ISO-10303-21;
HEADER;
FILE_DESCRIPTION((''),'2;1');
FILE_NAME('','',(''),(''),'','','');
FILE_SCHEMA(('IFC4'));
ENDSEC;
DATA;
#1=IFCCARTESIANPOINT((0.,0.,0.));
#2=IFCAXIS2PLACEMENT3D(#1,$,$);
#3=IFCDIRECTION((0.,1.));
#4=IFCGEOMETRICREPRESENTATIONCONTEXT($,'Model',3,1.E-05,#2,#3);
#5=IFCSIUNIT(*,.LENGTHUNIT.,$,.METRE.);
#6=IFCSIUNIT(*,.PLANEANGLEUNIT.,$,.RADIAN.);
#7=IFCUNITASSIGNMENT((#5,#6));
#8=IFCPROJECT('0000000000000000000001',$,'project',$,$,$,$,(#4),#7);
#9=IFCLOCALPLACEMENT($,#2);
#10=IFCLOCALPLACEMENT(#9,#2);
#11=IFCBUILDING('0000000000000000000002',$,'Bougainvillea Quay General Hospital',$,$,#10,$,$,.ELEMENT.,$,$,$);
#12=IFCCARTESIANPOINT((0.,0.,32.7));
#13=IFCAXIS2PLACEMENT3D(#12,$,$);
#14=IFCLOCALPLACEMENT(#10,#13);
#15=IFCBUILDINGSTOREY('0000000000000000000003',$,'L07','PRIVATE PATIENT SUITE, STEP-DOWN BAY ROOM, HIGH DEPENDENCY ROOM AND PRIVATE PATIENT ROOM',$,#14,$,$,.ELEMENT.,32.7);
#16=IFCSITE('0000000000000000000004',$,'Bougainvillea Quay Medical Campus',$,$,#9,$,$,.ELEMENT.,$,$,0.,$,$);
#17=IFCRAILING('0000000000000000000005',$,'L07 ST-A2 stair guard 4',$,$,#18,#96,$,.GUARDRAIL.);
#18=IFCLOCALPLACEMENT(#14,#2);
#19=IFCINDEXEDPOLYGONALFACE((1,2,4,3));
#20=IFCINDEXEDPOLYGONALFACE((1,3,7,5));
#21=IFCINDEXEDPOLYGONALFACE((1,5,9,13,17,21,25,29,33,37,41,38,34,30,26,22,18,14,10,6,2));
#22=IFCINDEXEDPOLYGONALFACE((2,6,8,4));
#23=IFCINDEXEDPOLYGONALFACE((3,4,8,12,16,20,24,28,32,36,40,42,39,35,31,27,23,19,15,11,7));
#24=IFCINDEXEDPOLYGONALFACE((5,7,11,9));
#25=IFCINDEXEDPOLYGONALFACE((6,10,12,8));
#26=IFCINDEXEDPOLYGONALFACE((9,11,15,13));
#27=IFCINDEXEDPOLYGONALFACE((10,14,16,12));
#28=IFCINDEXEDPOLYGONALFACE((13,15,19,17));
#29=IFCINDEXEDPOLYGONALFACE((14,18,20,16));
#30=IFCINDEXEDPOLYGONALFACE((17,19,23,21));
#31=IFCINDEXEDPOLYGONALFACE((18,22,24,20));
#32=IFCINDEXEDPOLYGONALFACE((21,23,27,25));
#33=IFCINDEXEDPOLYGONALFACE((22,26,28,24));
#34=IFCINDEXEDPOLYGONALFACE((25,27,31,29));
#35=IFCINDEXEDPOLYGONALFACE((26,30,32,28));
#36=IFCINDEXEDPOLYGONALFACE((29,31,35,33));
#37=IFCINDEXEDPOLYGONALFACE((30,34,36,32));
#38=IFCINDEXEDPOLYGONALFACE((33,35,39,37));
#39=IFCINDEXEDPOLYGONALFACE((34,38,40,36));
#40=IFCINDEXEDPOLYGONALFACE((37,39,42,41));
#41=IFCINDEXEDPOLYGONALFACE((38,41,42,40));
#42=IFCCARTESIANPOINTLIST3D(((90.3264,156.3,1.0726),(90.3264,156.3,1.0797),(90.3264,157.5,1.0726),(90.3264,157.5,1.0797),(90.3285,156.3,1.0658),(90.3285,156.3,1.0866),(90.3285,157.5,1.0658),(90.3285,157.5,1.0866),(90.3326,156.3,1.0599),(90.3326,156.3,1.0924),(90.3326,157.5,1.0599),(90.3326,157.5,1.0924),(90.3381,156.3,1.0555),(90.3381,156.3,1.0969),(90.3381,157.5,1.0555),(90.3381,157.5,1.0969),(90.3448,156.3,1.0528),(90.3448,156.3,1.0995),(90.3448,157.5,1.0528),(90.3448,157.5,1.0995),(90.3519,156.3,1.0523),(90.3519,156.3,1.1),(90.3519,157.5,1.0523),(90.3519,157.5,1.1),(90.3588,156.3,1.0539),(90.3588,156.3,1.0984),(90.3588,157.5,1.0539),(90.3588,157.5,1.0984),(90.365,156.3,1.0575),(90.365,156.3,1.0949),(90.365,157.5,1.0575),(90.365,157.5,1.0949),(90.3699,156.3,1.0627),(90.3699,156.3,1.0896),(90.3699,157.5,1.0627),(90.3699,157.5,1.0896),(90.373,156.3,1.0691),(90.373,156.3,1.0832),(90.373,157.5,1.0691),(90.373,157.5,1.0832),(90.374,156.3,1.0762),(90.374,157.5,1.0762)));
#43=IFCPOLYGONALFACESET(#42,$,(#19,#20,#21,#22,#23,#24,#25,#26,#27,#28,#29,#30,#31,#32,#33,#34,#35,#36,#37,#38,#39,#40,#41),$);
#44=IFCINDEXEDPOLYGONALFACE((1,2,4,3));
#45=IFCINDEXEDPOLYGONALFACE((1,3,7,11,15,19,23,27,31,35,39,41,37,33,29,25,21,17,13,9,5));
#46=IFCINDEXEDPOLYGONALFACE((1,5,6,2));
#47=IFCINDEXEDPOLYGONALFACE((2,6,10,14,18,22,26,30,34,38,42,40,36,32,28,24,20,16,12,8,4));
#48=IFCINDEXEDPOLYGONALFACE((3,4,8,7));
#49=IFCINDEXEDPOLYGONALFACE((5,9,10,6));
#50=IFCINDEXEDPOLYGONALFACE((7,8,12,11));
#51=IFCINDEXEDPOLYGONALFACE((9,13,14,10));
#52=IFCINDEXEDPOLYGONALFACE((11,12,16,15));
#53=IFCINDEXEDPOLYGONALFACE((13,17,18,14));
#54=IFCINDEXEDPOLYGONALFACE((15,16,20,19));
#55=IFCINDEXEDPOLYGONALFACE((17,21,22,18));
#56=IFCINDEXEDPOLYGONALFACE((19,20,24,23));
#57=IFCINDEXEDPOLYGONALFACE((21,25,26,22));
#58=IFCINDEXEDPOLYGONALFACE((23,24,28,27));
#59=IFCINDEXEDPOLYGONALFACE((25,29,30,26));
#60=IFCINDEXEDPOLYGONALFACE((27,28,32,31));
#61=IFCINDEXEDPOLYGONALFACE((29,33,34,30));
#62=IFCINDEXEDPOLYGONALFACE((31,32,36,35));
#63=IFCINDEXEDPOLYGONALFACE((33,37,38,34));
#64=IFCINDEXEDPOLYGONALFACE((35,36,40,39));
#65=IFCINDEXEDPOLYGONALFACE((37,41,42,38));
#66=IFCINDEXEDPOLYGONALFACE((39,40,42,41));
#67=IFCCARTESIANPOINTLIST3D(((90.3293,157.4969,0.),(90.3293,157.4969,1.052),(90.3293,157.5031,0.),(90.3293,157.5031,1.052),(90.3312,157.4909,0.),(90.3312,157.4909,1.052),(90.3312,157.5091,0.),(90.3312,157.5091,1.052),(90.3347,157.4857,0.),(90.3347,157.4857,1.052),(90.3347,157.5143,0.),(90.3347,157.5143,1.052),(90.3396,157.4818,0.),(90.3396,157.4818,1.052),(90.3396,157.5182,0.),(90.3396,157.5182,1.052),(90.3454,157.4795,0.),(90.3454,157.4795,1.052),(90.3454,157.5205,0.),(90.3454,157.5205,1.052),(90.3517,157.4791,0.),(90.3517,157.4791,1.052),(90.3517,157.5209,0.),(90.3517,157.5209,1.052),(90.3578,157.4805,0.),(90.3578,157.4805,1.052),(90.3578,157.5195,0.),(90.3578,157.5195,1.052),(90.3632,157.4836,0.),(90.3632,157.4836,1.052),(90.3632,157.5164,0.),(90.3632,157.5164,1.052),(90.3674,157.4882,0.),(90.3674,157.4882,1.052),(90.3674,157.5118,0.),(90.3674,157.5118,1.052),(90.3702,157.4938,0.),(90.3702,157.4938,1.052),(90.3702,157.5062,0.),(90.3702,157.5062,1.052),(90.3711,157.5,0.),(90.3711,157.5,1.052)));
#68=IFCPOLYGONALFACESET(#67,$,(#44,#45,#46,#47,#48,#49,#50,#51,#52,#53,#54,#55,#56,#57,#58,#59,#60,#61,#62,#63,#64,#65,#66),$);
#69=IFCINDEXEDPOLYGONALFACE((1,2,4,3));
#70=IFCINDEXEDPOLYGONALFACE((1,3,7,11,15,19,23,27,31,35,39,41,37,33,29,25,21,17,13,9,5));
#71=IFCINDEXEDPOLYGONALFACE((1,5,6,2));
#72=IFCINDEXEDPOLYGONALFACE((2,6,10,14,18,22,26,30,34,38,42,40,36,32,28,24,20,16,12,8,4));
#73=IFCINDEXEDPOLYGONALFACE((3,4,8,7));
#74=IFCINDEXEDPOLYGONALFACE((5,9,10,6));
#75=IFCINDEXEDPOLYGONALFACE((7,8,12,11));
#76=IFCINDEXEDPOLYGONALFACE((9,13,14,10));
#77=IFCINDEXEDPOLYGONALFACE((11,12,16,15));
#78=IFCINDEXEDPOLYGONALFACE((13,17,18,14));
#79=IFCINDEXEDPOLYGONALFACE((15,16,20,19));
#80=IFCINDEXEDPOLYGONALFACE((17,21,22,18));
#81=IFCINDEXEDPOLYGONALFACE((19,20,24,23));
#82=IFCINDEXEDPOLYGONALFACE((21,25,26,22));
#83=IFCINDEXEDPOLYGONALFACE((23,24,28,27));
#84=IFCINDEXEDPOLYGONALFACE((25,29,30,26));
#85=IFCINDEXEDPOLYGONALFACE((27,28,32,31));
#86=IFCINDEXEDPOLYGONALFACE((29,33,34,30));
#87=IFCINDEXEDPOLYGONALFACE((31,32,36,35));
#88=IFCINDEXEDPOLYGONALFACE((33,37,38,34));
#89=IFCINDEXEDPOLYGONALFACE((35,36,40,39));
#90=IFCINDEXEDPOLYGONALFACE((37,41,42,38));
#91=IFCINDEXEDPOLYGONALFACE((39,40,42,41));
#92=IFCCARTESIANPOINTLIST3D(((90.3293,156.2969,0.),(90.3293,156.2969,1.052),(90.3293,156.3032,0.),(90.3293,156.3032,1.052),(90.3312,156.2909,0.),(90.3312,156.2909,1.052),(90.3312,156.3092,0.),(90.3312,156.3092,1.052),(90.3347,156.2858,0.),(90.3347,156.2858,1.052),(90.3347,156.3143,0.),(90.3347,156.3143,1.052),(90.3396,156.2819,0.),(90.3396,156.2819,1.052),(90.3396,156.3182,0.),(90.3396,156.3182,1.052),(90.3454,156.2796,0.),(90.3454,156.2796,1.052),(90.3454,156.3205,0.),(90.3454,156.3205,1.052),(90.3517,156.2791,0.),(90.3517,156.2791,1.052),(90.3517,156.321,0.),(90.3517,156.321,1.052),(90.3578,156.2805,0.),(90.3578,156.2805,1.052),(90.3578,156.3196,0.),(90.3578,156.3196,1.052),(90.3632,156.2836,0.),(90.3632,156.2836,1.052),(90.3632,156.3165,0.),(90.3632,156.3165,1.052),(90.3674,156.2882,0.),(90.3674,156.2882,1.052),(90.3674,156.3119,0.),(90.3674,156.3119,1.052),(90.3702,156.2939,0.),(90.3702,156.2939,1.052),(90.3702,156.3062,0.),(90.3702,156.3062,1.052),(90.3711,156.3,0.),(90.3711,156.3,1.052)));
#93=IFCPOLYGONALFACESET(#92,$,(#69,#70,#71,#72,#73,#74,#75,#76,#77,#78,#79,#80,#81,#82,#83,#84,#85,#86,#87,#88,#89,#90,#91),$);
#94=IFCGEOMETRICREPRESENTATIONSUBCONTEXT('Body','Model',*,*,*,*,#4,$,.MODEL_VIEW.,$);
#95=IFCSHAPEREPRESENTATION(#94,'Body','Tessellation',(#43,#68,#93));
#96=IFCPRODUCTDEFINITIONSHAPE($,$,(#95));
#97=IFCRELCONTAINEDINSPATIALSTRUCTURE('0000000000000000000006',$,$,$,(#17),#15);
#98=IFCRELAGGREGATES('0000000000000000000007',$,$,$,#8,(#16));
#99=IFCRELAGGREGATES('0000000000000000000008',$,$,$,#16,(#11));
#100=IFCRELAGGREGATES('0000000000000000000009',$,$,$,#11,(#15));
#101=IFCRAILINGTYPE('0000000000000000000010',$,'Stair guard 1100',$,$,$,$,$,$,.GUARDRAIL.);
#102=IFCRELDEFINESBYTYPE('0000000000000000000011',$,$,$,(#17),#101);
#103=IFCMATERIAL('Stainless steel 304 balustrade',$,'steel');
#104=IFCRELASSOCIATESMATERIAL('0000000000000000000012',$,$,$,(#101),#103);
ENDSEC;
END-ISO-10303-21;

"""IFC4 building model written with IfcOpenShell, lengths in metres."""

from ifc_helpers import new_model, si_unit, direction, frame, origin, origin_2d, place, context, subcontext, project, spatial, circle, extrude, material, type_object, element, save


model = new_model("IFC4")

# Units and contexts
model_context = context("Model", 3, precision=1e-05, world=origin(), true_north=direction((0.0, 1.0)))
body_context = subcontext(model_context, "Body", "Model", "MODEL_VIEW")
ifc_project = project(units=[si_unit("LENGTHUNIT", "METRE"), si_unit("PLANEANGLEUNIT", "RADIAN")], contexts=[model_context])

# Site, building, storey
site_placement = place(None, origin())
site = spatial("IfcSite", under=ifc_project, at=site_placement, Name="Bougainvillea Quay Medical Campus", CompositionType="ELEMENT", RefElevation=0.0)
building_placement = place(site_placement, origin())
building = spatial("IfcBuilding", under=site, at=building_placement, Name="Bougainvillea Quay General Hospital", CompositionType="ELEMENT")
storey_placement = place(building_placement, frame((0.0, 0.0, 32.7)))
storey = spatial("IfcBuildingStorey", under=building, at=storey_placement, Name="L07", Description="PRIVATE PATIENT SUITE, STEP-DOWN BAY ROOM, HIGH DEPENDENCY ROOM AND PRIVATE PATIENT ROOM", CompositionType="ELEMENT", Elevation=32.7)

# Railing
ifc_material_1 = material(Name="Stainless steel 304 balustrade", Category="steel")
railing_type_1 = type_object("IfcRailingType", Name="Stair guard 1100", PredefinedType="GUARDRAIL", material=ifc_material_1)
railing_1_placement = place(storey_placement, frame((90.3501, 157.5, 0.0)))
element("IfcRailing", 1, at=railing_1_placement, inside=storey, type_object=railing_type_1, Name="L07 ST-A2 stair guard 4", PredefinedType="GUARDRAIL", context=body_context, shape_type="SweptSolid", body=[
    extrude(circle(Radius=0.0239, at=origin_2d()), frame((0.0, 0.0, 1.0762), z_axis=(0.0, -1.0, 0.0), x_axis=(1.0, 0.0, 0.0)), (0.0, 0.0, 1.0), 1.2),
    extrude(circle(Radius=0.021, at=origin_2d()), origin(), (0.0, 0.0, 1.0), 1.052),
    extrude(circle(Radius=0.021, at=origin_2d()), frame((0.0, -1.2, 0.0)), (0.0, 0.0, 1.0), 1.052),
])

save(model, "model.ifc")
